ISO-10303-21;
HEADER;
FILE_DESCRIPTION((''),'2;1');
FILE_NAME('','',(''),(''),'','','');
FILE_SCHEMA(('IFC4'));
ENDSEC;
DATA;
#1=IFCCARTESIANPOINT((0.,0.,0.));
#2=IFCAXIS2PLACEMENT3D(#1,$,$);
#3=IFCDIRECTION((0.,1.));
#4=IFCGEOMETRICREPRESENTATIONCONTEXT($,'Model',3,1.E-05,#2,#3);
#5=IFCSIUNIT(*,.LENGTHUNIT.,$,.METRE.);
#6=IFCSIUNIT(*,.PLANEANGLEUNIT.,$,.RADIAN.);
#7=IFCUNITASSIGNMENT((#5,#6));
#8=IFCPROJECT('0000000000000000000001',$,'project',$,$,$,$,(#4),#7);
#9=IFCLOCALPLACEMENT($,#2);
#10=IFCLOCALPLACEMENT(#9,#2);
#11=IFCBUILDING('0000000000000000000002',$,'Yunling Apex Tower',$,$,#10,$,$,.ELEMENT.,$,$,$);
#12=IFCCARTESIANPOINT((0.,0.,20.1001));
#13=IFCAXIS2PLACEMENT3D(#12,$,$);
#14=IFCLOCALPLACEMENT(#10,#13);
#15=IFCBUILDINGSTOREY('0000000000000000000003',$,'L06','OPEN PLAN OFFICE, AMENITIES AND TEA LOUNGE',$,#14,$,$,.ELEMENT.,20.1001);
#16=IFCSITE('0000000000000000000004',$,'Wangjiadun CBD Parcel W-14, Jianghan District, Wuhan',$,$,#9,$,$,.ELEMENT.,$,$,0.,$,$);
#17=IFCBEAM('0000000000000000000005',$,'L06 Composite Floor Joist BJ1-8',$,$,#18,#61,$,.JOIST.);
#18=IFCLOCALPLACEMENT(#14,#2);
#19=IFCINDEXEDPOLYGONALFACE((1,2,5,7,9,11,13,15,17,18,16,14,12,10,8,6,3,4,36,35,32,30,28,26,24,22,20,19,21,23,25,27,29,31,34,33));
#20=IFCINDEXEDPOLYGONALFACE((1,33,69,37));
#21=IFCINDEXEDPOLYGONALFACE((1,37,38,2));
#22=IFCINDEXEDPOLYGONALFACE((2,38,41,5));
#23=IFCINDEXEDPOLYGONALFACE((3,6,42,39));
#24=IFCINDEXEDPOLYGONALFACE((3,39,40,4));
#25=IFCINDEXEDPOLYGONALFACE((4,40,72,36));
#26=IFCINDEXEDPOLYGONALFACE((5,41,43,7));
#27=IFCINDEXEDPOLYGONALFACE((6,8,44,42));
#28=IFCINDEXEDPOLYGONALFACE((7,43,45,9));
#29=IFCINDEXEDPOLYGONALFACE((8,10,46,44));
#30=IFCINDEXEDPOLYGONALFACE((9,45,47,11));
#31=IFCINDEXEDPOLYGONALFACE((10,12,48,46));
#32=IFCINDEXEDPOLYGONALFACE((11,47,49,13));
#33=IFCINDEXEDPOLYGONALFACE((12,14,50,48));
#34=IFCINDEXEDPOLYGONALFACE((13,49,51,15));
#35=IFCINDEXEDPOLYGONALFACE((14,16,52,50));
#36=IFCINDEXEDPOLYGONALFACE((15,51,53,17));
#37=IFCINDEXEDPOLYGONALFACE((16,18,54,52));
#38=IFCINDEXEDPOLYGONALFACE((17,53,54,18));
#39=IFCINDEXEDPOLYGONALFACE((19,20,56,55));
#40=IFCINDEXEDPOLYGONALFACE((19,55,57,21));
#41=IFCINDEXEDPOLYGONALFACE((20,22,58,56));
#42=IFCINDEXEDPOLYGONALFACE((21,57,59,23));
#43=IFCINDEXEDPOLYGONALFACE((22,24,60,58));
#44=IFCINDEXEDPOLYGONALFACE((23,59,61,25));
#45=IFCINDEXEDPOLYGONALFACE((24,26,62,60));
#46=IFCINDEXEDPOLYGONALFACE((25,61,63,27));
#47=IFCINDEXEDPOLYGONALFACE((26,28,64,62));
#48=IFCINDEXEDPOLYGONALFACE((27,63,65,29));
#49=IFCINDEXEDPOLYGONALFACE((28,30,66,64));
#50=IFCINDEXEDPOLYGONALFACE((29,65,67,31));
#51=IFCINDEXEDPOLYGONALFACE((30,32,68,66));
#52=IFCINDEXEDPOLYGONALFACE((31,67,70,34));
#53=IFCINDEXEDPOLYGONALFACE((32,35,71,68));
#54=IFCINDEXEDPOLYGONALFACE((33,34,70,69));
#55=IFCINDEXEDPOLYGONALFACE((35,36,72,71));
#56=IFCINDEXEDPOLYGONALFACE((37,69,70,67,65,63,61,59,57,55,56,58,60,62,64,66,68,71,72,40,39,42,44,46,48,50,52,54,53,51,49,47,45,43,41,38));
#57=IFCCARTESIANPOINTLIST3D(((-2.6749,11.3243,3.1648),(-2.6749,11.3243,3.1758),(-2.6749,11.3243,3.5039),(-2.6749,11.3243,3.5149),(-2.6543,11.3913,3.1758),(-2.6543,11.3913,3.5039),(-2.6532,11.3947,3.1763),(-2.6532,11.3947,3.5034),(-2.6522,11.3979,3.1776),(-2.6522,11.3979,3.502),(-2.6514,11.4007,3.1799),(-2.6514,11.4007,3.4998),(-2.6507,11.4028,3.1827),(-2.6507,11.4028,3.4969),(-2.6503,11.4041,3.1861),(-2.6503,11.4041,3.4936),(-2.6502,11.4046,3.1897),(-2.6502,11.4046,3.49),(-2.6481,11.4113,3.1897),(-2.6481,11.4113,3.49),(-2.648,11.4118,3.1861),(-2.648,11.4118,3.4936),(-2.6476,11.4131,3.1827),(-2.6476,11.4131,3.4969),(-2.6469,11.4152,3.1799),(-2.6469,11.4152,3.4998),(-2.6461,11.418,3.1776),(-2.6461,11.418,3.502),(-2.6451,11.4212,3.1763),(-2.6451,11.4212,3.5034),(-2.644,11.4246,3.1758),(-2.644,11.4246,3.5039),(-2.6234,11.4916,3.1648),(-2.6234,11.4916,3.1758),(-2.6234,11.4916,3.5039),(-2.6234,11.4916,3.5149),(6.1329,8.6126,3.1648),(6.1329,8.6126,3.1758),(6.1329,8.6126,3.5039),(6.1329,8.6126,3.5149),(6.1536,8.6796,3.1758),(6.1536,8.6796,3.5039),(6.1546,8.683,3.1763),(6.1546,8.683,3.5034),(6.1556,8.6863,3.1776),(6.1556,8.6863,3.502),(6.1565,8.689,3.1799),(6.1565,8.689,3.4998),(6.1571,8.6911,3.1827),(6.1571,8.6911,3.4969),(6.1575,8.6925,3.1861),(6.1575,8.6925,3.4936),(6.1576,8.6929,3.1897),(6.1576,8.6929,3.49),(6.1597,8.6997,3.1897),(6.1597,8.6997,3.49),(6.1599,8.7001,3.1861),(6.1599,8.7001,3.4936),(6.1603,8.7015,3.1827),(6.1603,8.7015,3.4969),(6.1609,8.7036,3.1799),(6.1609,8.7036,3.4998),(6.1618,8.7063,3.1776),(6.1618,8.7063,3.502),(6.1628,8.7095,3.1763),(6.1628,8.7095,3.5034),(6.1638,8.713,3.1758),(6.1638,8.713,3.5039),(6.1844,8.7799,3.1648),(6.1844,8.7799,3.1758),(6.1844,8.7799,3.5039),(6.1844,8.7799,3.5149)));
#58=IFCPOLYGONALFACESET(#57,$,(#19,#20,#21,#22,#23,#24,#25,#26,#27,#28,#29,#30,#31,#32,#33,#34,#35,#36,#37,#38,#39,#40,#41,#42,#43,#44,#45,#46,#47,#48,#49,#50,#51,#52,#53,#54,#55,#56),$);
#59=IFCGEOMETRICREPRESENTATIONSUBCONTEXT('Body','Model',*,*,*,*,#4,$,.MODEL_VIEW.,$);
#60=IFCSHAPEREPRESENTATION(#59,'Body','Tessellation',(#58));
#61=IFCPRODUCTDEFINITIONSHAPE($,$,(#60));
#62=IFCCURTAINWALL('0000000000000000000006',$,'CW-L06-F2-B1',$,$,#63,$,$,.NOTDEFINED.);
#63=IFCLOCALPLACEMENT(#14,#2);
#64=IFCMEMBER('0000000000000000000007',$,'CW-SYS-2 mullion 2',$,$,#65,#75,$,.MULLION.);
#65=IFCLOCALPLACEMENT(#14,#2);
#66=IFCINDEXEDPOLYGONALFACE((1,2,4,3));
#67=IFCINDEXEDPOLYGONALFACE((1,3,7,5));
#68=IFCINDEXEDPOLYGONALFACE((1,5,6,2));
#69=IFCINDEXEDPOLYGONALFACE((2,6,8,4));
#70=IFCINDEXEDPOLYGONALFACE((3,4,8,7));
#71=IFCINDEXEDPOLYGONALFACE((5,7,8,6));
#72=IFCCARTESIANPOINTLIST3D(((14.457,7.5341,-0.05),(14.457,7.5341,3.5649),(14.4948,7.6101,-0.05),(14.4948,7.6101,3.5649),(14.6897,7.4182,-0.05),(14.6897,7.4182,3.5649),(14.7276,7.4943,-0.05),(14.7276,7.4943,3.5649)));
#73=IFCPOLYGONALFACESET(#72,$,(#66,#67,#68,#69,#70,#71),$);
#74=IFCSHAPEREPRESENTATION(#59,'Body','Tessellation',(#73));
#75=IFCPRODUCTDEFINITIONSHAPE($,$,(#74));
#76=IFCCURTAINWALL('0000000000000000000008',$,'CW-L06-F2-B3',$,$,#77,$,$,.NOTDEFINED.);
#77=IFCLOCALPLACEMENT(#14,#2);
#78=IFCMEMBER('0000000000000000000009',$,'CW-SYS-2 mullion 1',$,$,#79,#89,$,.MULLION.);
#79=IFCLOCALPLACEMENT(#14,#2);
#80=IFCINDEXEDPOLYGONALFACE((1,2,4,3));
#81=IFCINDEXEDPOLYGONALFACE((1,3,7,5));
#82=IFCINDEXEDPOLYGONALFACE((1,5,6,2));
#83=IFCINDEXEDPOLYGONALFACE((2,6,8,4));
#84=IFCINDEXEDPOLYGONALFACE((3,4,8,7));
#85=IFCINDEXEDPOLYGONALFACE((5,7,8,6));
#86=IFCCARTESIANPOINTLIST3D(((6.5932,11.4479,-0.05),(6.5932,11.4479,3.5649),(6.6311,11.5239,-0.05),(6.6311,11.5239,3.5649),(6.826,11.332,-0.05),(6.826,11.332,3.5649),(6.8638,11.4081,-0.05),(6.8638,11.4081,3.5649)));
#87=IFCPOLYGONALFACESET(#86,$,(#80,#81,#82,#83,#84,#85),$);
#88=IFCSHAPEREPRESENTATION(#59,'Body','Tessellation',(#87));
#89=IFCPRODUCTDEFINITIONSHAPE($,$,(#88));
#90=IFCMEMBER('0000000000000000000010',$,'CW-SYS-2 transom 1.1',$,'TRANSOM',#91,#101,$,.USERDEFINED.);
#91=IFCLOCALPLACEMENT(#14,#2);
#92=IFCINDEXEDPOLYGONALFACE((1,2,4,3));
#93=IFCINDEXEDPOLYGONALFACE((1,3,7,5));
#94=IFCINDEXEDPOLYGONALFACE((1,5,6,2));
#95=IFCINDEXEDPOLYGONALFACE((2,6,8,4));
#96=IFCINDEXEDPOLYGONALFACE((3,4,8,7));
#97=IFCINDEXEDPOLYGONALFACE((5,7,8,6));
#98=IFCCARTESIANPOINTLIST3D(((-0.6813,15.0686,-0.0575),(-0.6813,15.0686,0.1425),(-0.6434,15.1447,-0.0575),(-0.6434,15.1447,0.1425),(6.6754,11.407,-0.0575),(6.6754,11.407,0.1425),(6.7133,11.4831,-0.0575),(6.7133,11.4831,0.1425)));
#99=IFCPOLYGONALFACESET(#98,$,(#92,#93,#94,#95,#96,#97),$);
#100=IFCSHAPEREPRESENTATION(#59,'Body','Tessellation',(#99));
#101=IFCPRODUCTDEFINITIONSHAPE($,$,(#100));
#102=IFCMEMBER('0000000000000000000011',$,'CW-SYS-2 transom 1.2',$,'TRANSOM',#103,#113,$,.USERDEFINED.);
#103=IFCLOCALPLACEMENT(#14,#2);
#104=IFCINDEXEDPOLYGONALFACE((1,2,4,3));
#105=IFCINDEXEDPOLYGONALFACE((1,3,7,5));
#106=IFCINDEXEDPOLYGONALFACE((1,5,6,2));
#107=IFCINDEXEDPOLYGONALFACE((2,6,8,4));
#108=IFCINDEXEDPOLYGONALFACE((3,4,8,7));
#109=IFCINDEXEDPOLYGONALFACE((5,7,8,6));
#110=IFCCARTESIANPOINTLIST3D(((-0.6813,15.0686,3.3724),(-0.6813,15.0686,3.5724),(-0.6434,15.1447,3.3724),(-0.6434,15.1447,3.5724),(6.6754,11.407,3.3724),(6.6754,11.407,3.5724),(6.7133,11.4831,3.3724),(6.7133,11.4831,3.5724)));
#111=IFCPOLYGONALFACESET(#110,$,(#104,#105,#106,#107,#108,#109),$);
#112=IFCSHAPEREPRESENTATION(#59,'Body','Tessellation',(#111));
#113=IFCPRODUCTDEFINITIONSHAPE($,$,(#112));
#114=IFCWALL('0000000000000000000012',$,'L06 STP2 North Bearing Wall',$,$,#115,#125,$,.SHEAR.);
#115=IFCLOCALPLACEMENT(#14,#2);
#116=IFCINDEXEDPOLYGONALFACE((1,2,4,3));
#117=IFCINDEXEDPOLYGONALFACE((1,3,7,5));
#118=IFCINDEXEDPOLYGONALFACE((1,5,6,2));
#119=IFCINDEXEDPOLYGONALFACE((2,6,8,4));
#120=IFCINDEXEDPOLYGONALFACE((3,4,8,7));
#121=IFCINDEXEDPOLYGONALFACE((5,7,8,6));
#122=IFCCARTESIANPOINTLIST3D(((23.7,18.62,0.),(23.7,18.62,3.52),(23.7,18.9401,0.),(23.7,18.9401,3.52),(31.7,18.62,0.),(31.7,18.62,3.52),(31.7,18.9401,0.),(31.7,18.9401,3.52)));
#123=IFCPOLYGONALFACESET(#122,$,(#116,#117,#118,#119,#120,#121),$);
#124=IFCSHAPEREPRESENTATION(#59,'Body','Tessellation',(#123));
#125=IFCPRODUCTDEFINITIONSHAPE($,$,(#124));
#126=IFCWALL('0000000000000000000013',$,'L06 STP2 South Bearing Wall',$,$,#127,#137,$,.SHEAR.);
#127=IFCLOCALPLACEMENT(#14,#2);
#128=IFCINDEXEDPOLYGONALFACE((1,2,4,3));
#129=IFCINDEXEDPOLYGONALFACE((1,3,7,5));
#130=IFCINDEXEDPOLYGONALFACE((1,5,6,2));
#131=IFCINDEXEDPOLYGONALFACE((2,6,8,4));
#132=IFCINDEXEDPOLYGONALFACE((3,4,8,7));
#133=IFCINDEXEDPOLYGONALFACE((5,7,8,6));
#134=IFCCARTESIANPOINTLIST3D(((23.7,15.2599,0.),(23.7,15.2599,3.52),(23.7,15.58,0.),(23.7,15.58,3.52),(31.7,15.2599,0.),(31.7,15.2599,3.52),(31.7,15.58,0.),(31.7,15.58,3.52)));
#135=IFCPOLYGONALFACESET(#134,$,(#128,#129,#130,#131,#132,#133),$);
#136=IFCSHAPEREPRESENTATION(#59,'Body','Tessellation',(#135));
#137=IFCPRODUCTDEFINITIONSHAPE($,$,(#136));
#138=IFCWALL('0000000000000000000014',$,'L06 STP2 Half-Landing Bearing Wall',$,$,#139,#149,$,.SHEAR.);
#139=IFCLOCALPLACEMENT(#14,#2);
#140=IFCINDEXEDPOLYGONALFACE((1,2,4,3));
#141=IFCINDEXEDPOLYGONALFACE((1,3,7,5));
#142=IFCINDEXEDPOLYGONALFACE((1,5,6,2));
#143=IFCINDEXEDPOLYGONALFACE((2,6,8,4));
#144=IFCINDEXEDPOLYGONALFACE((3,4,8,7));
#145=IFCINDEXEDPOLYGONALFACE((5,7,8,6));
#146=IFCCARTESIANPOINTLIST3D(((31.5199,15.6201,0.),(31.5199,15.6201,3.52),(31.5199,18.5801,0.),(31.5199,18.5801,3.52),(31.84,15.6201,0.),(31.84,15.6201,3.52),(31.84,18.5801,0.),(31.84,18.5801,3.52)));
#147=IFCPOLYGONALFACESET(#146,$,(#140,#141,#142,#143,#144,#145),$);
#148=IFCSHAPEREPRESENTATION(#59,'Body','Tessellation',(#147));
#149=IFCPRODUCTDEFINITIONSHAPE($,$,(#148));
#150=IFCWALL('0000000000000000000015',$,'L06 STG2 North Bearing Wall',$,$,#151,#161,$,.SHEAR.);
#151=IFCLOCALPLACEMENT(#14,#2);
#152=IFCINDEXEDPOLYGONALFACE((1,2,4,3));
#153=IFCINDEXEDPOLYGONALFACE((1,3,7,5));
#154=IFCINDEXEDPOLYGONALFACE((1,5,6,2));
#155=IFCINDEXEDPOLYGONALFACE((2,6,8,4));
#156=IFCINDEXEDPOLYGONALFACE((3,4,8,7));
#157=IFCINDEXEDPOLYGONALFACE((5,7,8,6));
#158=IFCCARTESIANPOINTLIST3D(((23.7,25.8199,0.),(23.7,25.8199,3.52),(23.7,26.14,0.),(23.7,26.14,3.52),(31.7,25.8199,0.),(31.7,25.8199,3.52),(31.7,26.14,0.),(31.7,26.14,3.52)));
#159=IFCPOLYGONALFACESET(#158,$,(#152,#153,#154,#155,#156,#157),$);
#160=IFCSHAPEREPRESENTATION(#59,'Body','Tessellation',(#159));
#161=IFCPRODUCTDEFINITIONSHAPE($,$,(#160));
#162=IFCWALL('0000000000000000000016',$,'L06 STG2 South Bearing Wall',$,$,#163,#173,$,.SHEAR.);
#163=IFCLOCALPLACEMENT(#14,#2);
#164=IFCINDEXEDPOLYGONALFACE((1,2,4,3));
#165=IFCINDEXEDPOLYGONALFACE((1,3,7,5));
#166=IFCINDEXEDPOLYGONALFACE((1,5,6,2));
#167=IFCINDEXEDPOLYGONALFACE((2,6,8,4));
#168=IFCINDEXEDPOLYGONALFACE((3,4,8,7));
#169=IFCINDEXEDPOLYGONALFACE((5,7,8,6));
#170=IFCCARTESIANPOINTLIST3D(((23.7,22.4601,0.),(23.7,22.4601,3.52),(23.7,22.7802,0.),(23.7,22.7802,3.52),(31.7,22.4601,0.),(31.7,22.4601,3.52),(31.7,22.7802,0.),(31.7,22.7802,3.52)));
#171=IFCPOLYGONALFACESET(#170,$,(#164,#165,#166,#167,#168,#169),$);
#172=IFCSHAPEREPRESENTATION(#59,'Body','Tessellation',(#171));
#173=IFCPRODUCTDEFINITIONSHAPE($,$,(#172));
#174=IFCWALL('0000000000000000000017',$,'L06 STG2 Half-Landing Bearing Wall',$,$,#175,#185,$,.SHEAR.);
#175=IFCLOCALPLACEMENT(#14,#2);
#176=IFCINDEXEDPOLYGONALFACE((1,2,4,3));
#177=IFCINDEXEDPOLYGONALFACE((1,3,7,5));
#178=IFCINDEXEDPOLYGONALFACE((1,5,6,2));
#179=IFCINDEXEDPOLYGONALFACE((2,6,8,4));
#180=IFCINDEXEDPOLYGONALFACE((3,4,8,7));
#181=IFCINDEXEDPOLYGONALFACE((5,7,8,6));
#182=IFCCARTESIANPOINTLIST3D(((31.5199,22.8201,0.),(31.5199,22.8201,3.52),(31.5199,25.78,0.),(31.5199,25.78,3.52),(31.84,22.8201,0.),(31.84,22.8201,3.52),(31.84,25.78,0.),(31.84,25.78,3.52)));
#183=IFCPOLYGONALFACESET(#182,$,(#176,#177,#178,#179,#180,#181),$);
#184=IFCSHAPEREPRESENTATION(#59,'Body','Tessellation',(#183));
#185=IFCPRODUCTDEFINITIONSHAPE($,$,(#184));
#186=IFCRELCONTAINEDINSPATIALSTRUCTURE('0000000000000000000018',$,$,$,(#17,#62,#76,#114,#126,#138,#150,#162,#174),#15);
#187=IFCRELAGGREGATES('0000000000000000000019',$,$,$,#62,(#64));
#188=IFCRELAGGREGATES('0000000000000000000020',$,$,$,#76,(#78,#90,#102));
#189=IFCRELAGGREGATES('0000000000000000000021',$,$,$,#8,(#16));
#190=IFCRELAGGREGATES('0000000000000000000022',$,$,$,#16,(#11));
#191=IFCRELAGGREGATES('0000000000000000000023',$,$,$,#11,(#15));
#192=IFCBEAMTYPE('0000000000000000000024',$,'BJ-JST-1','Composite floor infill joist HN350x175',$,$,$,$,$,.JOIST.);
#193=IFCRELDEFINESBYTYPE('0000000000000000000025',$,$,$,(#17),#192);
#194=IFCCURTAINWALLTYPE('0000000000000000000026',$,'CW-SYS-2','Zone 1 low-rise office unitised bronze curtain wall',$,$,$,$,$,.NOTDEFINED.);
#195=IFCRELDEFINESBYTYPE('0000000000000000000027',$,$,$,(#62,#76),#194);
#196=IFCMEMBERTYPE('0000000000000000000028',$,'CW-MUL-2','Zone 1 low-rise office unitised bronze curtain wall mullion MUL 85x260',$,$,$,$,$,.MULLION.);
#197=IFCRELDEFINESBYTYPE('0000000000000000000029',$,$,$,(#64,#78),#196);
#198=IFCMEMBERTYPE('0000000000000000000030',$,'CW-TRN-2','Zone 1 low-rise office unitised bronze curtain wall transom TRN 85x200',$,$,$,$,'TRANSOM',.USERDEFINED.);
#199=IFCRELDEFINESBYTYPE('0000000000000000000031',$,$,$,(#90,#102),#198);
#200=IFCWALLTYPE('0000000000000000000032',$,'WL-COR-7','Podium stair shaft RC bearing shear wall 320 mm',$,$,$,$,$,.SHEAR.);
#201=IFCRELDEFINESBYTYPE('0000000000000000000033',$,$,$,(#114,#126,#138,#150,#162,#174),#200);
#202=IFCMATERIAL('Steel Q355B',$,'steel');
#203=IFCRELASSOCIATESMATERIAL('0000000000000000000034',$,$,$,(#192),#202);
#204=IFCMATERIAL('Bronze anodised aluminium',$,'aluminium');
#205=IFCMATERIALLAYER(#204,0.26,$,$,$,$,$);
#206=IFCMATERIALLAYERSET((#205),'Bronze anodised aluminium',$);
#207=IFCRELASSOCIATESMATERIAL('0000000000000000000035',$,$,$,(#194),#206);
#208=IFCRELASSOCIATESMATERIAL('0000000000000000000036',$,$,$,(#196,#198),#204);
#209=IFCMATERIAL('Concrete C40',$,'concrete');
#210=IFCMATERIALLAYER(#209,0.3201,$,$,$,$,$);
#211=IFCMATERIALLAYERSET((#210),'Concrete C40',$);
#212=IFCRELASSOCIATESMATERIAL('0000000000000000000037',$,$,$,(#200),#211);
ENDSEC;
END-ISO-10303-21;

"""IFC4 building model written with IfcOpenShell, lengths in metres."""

from ifc_helpers import new_model, si_unit, direction, frame, frame_2d, origin, origin_2d, place, context, subcontext, project, spatial, rectangle, i_section, extrude, source, transform, mapped, material, layer, layer_set, material_profile, profile_set, type_object, element, aggregate, save


model = new_model("IFC4")

# Units and contexts
model_context = context("Model", 3, precision=1e-05, world=origin(), true_north=direction((0.0, 1.0)))
body_context = subcontext(model_context, "Body", "Model", "MODEL_VIEW")
ifc_project = project(units=[si_unit("LENGTHUNIT", "METRE"), si_unit("PLANEANGLEUNIT", "RADIAN")], contexts=[model_context])

# Site, building, storey
site_placement = place(None, origin())
site = spatial("IfcSite", under=ifc_project, at=site_placement, Name="Wangjiadun CBD Parcel W-14, Jianghan District, Wuhan", CompositionType="ELEMENT", RefElevation=0.0)
building_placement = place(site_placement, origin())
building = spatial("IfcBuilding", under=site, at=building_placement, Name="Yunling Apex Tower", CompositionType="ELEMENT")
storey_placement = place(building_placement, frame((0.0, 0.0, 20.1001)))
storey = spatial("IfcBuildingStorey", under=building, at=storey_placement, Name="L06", Description="OPEN PLAN OFFICE, AMENITIES AND TEA LOUNGE", CompositionType="ELEMENT", Elevation=20.1001)

# Beam
ifc_material_1 = material(Name="Steel Q355B", Category="steel")
ifc_material_profile_1 = material_profile(ifc_material_1, i_section(OverallWidth=0.175, OverallDepth=0.3501, WebThickness=0.0071, FlangeThickness=0.011, FilletRadius=0.0139, at=origin_2d()))
ifc_profile_set_1 = profile_set([ifc_material_profile_1], Name="Steel Q355B")
beam_type_1 = type_object("IfcBeamType", Name="BJ-JST-1", Description="Composite floor infill joist HN350x175", PredefinedType="JOIST", material=ifc_profile_set_1)
shared_shape_1 = source(origin(), body_context, "Body", "SweptSolid", [
    extrude(i_section(OverallWidth=0.175, OverallDepth=0.3501, WebThickness=0.0071, FlangeThickness=0.011, FilletRadius=0.0139, at=origin_2d()), origin(), (0.0, 0.0, 1.0), 9.2158),
])
beam_1_placement = place(storey_placement, frame((6.1587, 8.6963, 3.3398), z_axis=(-0.955731, 0.29424, 0.0), x_axis=(-0.29424, -0.955731, 0.0)))
element("IfcBeam", 1, at=beam_1_placement, inside=storey, type_object=beam_type_1, Name="L06 Composite Floor Joist BJ1-8", PredefinedType="JOIST", context=body_context, shape_type="MappedRepresentation", body=[
    mapped(shared_shape_1, transform((0.0, 0.0, 0.0), scale=1.0)),
])

# Curtain wall, member
ifc_material_2 = material(Name="Bronze anodised aluminium", Category="aluminium")
ifc_layer_1 = layer(ifc_material_2, 0.26)
ifc_layer_set_1 = layer_set([ifc_layer_1], Name="Bronze anodised aluminium")
curtain_wall_type = type_object("IfcCurtainWallType", Name="CW-SYS-2", Description="Zone 1 low-rise office unitised bronze curtain wall", PredefinedType="NOTDEFINED", material=ifc_layer_set_1)
curtain_wall_1_placement = place(storey_placement, origin())
curtain_wall_1 = element("IfcCurtainWall", 2, at=curtain_wall_1_placement, inside=storey, type_object=curtain_wall_type, Name="CW-L06-F2-B1", PredefinedType="NOTDEFINED")
ifc_material_profile_2 = material_profile(ifc_material_2, rectangle(XDim=0.085, YDim=0.26, at=origin_2d()))
ifc_profile_set_2 = profile_set([ifc_material_profile_2], Name="Bronze anodised aluminium")
member_type_1 = type_object("IfcMemberType", Name="CW-MUL-2", Description="Zone 1 low-rise office unitised bronze curtain wall mullion MUL 85x260", PredefinedType="MULLION", material=ifc_profile_set_2)
shared_shape_2 = source(origin(), body_context, "Body", "SweptSolid", [
    extrude(rectangle(XDim=0.085, YDim=0.26, at=origin_2d()), origin(), (0.0, 0.0, 1.0), 3.615),
])
member_1_placement = place(storey_placement, frame((14.5923, 7.5142, -0.05), z_axis=(0.0, 0.0, 1.0), x_axis=(-0.44558, -0.895242, 0.0)))
member_1 = element("IfcMember", 3, at=member_1_placement, type_object=member_type_1, Name="CW-SYS-2 mullion 2", PredefinedType="MULLION", context=body_context, shape_type="MappedRepresentation", body=[
    mapped(shared_shape_2, transform((0.0, 0.0, 0.0), scale=1.0)),
])
aggregate(curtain_wall_1, [member_1])

# Curtain wall, members
curtain_wall_2_placement = place(storey_placement, origin())
curtain_wall_2 = element("IfcCurtainWall", 4, at=curtain_wall_2_placement, inside=storey, type_object=curtain_wall_type, Name="CW-L06-F2-B3", PredefinedType="NOTDEFINED")
member_2_placement = place(storey_placement, frame((6.7285, 11.428, -0.05), z_axis=(0.0, 0.0, 1.0), x_axis=(-0.44558, -0.895242, 0.0)))
member_2 = element("IfcMember", 5, at=member_2_placement, type_object=member_type_1, Name="CW-SYS-2 mullion 1", PredefinedType="MULLION", context=body_context, shape_type="MappedRepresentation", body=[
    mapped(shared_shape_2, transform((0.0, 0.0, 0.0), scale=1.0)),
])
ifc_material_profile_3 = material_profile(ifc_material_2, rectangle(XDim=0.085, YDim=0.2, at=origin_2d()))
ifc_profile_set_3 = profile_set([ifc_material_profile_3], Name="Bronze anodised aluminium")
member_type_2 = type_object("IfcMemberType", Name="CW-TRN-2", Description="Zone 1 low-rise office unitised bronze curtain wall transom TRN 85x200", ElementType="TRANSOM", PredefinedType="USERDEFINED", material=ifc_profile_set_3)
shared_shape_3 = source(origin(), body_context, "Body", "SweptSolid", [
    extrude(rectangle(XDim=0.085, YDim=0.2, at=origin_2d()), origin(), (0.0, 0.0, 1.0), 8.2175),
])
member_3_placement = place(storey_placement, frame((6.6943, 11.4451, 0.0425), z_axis=(-0.89524, 0.445585, 0.0), x_axis=(-0.445585, -0.89524, 0.0)))
member_3 = element("IfcMember", 6, at=member_3_placement, type_object=member_type_2, Name="CW-SYS-2 transom 1.1", ObjectType="TRANSOM", PredefinedType="USERDEFINED", context=body_context, shape_type="MappedRepresentation", body=[
    mapped(shared_shape_3, transform((0.0, 0.0, 0.0), scale=1.0)),
])
member_4_placement = place(storey_placement, frame((6.6943, 11.4451, 3.4724), z_axis=(-0.89524, 0.445585, 0.0), x_axis=(-0.445585, -0.89524, 0.0)))
member_4 = element("IfcMember", 7, at=member_4_placement, type_object=member_type_2, Name="CW-SYS-2 transom 1.2", ObjectType="TRANSOM", PredefinedType="USERDEFINED", context=body_context, shape_type="MappedRepresentation", body=[
    mapped(shared_shape_3, transform((0.0, 0.0, 0.0), scale=1.0)),
])
aggregate(curtain_wall_2, [member_2, member_3, member_4])

# Walls
ifc_material_3 = material(Name="Concrete C40", Category="concrete")
ifc_layer_2 = layer(ifc_material_3, 0.3201)
ifc_layer_set_2 = layer_set([ifc_layer_2], Name="Concrete C40")
wall_type_1 = type_object("IfcWallType", Name="WL-COR-7", Description="Podium stair shaft RC bearing shear wall 320 mm", PredefinedType="SHEAR", material=ifc_layer_set_2)
for number, where, z_axis, x_axis, name in (
    (8, (23.7, 18.78, 0.0), (0.0, 0.0, 1.0), (1.0, 0.0, 0.0), "L06 STP2 North Bearing Wall"),
    (9, (23.7, 15.4199, 0.0), (0.0, 0.0, 1.0), (1.0, 0.0, 0.0), "L06 STP2 South Bearing Wall"),
):
    element("IfcWall", number, at=place(storey_placement, frame(where, z_axis=z_axis, x_axis=x_axis)), inside=storey, type_object=wall_type_1, Name=name, PredefinedType="SHEAR", context=body_context, shape_type="SweptSolid", body=[
        extrude(rectangle(XDim=8.0, YDim=0.3201, at=frame_2d((4.0, 0.0))), origin(), (0.0, 0.0, 1.0), 3.52),
    ])
wall_1_placement = place(storey_placement, frame((31.6799, 15.6201, 0.0), z_axis=(0.0, 0.0, 1.0), x_axis=(0.0, 1.0, 0.0)))
element("IfcWall", 10, at=wall_1_placement, inside=storey, type_object=wall_type_1, Name="L06 STP2 Half-Landing Bearing Wall", PredefinedType="SHEAR", context=body_context, shape_type="SweptSolid", body=[
    extrude(rectangle(XDim=2.96, YDim=0.3201, at=frame_2d((1.48, 0.0))), origin(), (0.0, 0.0, 1.0), 3.52),
])
for number, where, z_axis, x_axis, name in (
    (11, (23.7, 25.98, 0.0), (0.0, 0.0, 1.0), (1.0, 0.0, 0.0), "L06 STG2 North Bearing Wall"),
    (12, (23.7, 22.6201, 0.0), (0.0, 0.0, 1.0), (1.0, 0.0, 0.0), "L06 STG2 South Bearing Wall"),
):
    element("IfcWall", number, at=place(storey_placement, frame(where, z_axis=z_axis, x_axis=x_axis)), inside=storey, type_object=wall_type_1, Name=name, PredefinedType="SHEAR", context=body_context, shape_type="SweptSolid", body=[
        extrude(rectangle(XDim=8.0, YDim=0.3201, at=frame_2d((4.0, 0.0))), origin(), (0.0, 0.0, 1.0), 3.52),
    ])
wall_2_placement = place(storey_placement, frame((31.6799, 22.8201, 0.0), z_axis=(0.0, 0.0, 1.0), x_axis=(0.0, 1.0, 0.0)))
element("IfcWall", 13, at=wall_2_placement, inside=storey, type_object=wall_type_1, Name="L06 STG2 Half-Landing Bearing Wall", PredefinedType="SHEAR", context=body_context, shape_type="SweptSolid", body=[
    extrude(rectangle(XDim=2.96, YDim=0.3201, at=frame_2d((1.48, 0.0))), origin(), (0.0, 0.0, 1.0), 3.52),
])

save(model, "model.ifc")
